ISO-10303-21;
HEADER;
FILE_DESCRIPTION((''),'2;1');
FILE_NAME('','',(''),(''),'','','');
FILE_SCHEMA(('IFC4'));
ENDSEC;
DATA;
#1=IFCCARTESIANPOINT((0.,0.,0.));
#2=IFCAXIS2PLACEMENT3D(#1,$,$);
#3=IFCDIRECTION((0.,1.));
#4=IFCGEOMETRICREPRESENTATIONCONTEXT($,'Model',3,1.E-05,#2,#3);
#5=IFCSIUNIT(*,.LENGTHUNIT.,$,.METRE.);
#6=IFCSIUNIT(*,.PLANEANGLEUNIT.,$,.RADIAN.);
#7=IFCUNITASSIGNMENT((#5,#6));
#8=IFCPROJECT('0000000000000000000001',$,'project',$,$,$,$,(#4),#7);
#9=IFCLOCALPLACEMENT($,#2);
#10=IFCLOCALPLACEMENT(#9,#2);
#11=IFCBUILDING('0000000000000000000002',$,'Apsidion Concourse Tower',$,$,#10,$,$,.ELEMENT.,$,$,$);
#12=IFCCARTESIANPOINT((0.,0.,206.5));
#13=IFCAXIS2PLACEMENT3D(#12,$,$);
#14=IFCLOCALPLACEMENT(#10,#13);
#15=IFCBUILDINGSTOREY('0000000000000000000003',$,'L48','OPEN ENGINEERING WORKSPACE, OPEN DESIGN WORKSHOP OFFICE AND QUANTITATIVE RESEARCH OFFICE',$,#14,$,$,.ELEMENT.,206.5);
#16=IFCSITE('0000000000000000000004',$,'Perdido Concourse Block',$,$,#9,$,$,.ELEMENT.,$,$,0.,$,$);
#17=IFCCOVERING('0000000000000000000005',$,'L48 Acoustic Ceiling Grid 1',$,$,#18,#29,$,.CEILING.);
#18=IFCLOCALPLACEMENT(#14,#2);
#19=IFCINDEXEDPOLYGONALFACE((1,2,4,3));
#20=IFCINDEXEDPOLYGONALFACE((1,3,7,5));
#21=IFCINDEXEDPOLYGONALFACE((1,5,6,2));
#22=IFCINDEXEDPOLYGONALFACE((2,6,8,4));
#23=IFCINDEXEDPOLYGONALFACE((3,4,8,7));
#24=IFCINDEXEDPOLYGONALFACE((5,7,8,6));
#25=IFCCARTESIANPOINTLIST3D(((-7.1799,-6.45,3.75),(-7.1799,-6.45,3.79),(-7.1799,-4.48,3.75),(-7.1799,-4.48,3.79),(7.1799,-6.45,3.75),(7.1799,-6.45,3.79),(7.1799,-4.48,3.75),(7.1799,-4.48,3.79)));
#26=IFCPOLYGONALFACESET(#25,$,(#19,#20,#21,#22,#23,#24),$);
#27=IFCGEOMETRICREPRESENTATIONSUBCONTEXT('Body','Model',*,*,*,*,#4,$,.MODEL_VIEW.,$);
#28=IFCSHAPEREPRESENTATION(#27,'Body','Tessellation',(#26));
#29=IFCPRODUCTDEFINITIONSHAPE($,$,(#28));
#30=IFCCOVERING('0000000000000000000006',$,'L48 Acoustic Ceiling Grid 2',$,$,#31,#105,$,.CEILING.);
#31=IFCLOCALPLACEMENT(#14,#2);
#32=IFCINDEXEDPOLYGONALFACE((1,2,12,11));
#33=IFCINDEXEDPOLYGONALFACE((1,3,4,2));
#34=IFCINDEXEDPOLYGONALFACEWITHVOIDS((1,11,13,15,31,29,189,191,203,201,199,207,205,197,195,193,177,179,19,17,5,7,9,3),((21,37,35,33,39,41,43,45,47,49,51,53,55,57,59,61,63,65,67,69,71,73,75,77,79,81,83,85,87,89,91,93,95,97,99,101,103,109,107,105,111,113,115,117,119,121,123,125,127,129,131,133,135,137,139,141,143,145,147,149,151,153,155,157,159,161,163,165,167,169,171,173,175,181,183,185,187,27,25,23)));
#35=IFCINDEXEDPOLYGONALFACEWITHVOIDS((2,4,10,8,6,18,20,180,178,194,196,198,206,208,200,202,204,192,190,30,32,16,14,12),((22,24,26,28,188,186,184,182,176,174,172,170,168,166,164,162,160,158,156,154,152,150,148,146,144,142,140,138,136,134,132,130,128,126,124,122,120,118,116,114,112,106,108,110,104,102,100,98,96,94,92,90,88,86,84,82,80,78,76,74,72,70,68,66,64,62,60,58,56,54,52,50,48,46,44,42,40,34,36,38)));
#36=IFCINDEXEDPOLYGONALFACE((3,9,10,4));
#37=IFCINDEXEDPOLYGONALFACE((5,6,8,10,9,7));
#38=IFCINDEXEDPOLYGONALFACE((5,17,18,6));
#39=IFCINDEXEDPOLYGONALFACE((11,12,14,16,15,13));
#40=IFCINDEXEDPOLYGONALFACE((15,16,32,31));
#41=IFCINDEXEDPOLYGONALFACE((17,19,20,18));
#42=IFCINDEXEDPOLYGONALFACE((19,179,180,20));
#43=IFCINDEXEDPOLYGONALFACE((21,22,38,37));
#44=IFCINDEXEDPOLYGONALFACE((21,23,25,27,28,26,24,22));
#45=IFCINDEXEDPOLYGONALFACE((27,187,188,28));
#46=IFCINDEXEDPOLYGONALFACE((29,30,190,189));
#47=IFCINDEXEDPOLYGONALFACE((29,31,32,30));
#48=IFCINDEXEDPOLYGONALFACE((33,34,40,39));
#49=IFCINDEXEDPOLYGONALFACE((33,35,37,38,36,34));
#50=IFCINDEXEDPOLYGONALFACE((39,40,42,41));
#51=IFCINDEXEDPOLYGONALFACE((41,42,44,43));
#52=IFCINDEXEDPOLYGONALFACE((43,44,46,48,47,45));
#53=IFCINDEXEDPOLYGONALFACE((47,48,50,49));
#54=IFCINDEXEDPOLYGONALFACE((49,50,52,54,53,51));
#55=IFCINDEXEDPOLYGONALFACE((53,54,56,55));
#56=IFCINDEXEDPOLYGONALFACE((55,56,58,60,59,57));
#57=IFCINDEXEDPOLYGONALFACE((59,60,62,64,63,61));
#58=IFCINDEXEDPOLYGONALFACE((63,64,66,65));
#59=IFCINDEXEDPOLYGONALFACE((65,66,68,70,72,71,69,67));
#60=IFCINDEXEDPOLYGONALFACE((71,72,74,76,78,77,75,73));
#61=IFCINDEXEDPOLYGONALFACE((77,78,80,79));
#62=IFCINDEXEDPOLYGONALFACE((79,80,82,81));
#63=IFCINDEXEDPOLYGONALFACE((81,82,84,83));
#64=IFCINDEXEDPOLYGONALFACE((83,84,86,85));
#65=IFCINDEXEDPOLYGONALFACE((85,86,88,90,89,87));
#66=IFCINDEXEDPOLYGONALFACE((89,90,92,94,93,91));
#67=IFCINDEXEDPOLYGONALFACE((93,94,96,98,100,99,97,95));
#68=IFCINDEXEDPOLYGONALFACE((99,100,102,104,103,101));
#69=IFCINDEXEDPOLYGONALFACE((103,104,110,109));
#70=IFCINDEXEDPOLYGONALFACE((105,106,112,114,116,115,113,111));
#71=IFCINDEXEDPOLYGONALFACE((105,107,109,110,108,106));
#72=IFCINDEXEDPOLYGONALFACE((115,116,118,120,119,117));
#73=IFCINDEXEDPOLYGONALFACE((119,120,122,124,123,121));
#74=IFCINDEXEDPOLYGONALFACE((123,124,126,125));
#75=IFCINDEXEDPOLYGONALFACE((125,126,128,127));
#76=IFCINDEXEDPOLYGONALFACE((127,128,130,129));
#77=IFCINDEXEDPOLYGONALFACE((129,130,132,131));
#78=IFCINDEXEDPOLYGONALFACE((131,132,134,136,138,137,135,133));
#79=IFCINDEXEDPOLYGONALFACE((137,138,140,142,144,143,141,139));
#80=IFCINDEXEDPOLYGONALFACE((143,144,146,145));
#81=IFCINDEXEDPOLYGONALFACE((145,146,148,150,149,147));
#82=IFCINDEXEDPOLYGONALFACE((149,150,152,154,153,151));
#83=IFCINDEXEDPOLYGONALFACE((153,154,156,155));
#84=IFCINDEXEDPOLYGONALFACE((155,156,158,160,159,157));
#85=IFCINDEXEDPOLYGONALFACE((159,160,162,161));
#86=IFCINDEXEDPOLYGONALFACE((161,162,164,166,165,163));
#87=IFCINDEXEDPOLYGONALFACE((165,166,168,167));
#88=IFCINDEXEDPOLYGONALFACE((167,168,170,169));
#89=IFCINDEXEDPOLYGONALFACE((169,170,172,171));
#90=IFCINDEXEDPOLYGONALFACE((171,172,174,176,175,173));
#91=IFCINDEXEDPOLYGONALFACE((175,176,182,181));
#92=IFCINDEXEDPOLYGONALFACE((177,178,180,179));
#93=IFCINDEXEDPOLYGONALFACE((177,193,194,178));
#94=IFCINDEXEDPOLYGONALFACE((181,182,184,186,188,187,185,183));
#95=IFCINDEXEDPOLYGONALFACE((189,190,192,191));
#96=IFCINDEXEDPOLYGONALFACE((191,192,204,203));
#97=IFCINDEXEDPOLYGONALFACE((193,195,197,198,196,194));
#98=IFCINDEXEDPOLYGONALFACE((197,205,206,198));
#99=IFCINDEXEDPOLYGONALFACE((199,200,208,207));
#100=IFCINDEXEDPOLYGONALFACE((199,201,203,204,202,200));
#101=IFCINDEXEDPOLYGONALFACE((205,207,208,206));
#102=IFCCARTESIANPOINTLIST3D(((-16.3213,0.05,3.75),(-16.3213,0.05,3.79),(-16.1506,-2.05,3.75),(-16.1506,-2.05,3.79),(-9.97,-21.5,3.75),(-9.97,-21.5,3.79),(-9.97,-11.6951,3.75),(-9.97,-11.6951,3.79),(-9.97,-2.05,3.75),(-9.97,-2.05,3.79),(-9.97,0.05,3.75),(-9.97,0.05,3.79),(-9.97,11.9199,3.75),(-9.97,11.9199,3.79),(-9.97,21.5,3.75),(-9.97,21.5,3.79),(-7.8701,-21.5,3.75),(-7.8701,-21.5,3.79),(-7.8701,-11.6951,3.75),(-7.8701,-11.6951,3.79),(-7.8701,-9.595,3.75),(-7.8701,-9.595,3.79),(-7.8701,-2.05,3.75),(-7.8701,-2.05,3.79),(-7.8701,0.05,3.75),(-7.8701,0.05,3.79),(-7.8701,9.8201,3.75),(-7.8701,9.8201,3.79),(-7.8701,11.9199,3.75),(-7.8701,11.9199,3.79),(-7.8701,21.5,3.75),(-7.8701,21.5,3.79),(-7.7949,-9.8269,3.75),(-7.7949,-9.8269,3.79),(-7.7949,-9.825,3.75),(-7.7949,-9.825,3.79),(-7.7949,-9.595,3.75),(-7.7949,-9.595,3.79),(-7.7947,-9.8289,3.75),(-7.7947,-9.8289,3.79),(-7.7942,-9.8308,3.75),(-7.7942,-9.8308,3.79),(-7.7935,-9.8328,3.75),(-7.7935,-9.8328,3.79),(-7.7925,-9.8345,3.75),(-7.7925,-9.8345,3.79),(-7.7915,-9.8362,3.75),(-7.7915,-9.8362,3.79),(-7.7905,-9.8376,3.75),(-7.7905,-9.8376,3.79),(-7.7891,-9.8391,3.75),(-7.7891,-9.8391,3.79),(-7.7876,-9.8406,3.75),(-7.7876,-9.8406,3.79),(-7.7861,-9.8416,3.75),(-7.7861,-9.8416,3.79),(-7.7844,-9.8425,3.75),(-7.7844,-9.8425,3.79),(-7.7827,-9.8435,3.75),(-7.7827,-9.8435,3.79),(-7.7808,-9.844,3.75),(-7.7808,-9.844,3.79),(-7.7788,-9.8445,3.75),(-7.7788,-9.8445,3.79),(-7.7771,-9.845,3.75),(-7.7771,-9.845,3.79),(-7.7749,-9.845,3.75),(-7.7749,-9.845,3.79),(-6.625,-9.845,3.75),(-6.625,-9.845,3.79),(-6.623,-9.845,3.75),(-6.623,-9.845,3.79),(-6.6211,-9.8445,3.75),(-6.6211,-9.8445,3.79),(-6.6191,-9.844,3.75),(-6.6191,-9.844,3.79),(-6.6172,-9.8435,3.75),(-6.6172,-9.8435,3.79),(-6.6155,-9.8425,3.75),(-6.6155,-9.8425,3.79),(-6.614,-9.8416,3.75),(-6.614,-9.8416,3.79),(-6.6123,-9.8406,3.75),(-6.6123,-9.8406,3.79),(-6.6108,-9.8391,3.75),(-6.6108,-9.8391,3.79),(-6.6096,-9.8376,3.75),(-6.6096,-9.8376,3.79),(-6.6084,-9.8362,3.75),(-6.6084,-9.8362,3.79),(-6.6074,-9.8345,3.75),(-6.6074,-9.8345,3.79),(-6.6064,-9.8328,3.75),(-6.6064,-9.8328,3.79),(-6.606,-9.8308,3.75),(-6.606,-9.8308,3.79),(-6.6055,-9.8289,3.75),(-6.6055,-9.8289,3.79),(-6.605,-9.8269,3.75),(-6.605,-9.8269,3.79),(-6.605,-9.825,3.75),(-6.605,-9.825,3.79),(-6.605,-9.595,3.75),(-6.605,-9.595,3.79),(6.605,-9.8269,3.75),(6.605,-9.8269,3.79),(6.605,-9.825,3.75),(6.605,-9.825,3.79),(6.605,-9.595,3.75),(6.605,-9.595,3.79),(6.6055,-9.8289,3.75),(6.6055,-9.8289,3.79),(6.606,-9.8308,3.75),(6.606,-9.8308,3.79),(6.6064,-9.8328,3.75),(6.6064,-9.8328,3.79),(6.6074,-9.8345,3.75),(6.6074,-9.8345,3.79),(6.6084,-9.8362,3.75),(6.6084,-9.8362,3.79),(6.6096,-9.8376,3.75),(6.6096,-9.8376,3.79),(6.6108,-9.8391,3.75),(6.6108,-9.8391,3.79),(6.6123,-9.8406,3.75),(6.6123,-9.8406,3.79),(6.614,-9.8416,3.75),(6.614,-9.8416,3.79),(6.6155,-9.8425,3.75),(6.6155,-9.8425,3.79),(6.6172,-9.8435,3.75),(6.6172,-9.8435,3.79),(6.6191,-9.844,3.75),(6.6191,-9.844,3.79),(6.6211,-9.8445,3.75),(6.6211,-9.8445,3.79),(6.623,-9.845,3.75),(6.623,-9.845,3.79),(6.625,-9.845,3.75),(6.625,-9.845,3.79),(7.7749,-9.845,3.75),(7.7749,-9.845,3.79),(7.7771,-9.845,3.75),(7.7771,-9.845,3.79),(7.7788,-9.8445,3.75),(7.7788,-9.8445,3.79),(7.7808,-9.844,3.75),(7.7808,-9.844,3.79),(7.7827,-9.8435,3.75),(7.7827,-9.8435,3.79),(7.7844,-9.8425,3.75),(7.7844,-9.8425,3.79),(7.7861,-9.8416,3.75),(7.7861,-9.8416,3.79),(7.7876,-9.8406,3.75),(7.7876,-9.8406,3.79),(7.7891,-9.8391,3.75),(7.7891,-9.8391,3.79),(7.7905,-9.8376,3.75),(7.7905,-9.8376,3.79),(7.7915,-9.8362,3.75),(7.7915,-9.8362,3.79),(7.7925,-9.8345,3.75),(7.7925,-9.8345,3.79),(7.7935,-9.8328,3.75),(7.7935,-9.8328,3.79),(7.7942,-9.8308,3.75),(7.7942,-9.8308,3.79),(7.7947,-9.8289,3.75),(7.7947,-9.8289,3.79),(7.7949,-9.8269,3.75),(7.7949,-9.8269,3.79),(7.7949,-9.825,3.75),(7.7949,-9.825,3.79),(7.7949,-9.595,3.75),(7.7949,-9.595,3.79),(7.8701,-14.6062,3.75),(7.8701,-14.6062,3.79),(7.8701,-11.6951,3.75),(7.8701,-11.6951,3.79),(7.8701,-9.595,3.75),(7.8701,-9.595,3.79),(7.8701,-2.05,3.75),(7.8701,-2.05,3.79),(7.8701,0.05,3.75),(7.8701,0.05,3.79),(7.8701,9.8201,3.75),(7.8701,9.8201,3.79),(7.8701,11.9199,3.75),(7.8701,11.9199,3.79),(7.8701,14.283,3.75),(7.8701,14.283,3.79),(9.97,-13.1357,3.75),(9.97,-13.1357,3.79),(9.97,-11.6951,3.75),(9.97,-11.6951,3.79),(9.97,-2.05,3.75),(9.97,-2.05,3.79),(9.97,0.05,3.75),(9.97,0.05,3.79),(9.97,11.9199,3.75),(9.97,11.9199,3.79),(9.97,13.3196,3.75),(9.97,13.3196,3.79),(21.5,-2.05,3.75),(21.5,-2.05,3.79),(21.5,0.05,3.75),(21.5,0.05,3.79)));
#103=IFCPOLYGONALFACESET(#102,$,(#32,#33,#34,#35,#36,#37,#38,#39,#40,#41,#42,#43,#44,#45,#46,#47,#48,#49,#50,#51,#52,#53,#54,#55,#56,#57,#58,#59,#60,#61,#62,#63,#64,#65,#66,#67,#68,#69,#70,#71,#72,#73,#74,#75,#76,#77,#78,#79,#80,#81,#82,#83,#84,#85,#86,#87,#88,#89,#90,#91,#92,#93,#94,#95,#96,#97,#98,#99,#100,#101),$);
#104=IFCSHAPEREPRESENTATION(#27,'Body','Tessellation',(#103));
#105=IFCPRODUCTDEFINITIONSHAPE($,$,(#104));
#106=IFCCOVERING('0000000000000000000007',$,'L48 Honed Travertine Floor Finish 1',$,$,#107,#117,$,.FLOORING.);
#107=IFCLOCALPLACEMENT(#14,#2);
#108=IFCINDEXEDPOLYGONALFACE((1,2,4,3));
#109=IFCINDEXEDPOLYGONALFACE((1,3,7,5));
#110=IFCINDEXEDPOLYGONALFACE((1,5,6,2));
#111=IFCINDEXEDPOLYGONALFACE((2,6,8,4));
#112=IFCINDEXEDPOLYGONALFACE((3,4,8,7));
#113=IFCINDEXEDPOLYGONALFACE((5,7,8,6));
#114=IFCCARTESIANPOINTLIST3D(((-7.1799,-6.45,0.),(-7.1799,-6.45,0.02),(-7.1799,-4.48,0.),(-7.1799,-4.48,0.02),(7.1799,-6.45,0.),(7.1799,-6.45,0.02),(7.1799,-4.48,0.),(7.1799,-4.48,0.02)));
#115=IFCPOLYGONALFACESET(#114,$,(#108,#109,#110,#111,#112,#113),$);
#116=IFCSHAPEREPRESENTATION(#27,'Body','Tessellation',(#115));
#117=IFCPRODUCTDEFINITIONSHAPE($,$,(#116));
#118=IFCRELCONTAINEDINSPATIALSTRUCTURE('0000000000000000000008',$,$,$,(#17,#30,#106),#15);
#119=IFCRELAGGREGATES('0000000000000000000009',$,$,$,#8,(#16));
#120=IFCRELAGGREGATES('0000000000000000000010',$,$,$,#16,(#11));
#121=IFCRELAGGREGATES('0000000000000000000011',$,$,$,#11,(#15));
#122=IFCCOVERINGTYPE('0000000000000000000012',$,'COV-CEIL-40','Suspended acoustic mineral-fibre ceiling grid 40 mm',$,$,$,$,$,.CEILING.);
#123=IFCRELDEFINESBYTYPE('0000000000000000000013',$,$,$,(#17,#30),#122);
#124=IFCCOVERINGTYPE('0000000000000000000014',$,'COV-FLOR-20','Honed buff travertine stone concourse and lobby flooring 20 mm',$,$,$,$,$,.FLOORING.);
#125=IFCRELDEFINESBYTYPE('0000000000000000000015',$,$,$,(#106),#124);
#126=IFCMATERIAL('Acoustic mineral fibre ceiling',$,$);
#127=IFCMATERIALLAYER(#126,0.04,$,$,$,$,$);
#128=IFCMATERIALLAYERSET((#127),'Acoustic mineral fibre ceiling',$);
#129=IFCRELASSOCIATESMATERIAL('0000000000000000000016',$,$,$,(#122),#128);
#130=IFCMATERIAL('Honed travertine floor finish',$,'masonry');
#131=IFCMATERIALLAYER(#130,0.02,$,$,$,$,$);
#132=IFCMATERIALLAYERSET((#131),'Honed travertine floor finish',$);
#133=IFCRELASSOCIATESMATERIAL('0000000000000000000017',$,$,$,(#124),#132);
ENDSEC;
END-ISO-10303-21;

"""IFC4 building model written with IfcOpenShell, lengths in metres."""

from ifc_helpers import new_model, si_unit, direction, frame, origin, place, context, subcontext, project, spatial, polyline, outline, extrude, material, layer, layer_set, type_object, element, save


model = new_model("IFC4")

# Units and contexts
model_context = context("Model", 3, precision=1e-05, world=origin(), true_north=direction((0.0, 1.0)))
body_context = subcontext(model_context, "Body", "Model", "MODEL_VIEW")
ifc_project = project(units=[si_unit("LENGTHUNIT", "METRE"), si_unit("PLANEANGLEUNIT", "RADIAN")], contexts=[model_context])

# Site, building, storey
site_placement = place(None, origin())
site = spatial("IfcSite", under=ifc_project, at=site_placement, Name="Perdido Concourse Block", CompositionType="ELEMENT", RefElevation=0.0)
building_placement = place(site_placement, origin())
building = spatial("IfcBuilding", under=site, at=building_placement, Name="Apsidion Concourse Tower", CompositionType="ELEMENT")
storey_placement = place(building_placement, frame((0.0, 0.0, 206.5)))
storey = spatial("IfcBuildingStorey", under=building, at=storey_placement, Name="L48", Description="OPEN ENGINEERING WORKSPACE, OPEN DESIGN WORKSHOP OFFICE AND QUANTITATIVE RESEARCH OFFICE", CompositionType="ELEMENT", Elevation=206.5)

# Coverings
ifc_material_1 = material(Name="Acoustic mineral fibre ceiling")
ifc_layer_1 = layer(ifc_material_1, 0.04)
ifc_layer_set_1 = layer_set([ifc_layer_1], Name="Acoustic mineral fibre ceiling")
covering_type_1 = type_object("IfcCoveringType", Name="COV-CEIL-40", Description="Suspended acoustic mineral-fibre ceiling grid 40 mm", PredefinedType="CEILING", material=ifc_layer_set_1)
covering_1_placement = place(storey_placement, frame((0.0, 0.0, 3.75)))
element("IfcCovering", 1, at=covering_1_placement, inside=storey, type_object=covering_type_1, Name="L48 Acoustic Ceiling Grid 1", PredefinedType="CEILING", context=body_context, shape_type="SweptSolid", body=[
    extrude(outline(polyline([(-7.1799, -6.45), (-7.1799, -4.48), (7.1799, -4.48), (7.1799, -6.45), (-7.1799, -6.45)])), origin(), (0.0, 0.0, 1.0), 0.04),
])
covering_2_placement = place(storey_placement, frame((0.0, 0.0, 3.75)))
element("IfcCovering", 2, at=covering_2_placement, inside=storey, type_object=covering_type_1, Name="L48 Acoustic Ceiling Grid 2", PredefinedType="CEILING", context=body_context, shape_type="SweptSolid", body=[
    extrude(outline(polyline([(9.97, -13.1357), (7.8701, -14.6062), (7.8701, -11.6951), (-7.8701, -11.6951), (-7.8701, -21.5), (-9.97, -21.5), (-9.97, -11.6951), (-9.97, -2.05), (-16.1506, -2.05), (-16.3213, 0.05), (-9.97, 0.05), (-9.97, 11.9199), (-9.97, 21.5), (-7.8701, 21.5), (-7.8701, 11.9199), (7.8701, 11.9199), (7.8701, 14.283), (9.97, 13.3196), (9.97, 11.9199), (9.97, 0.05), (21.5, 0.05), (21.5, -2.05), (9.97, -2.05), (9.97, -11.6951), (9.97, -13.1357)]), holes=[polyline([(7.8701, -2.05), (7.8701, 0.05), (7.8701, 9.8201), (-7.8701, 9.8201), (-7.8701, 0.05), (-7.8701, -2.05), (-7.8701, -9.595), (-7.7949, -9.595), (-7.7949, -9.825), (-7.7949, -9.8269), (-7.7947, -9.8289), (-7.7942, -9.8308), (-7.7935, -9.8328), (-7.7925, -9.8345), (-7.7915, -9.8362), (-7.7905, -9.8376), (-7.7891, -9.8391), (-7.7876, -9.8406), (-7.7861, -9.8416), (-7.7844, -9.8425), (-7.7827, -9.8435), (-7.7808, -9.844), (-7.7788, -9.8445), (-7.7771, -9.845), (-7.7749, -9.845), (-6.625, -9.845), (-6.623, -9.845), (-6.6211, -9.8445), (-6.6191, -9.844), (-6.6172, -9.8435), (-6.6155, -9.8425), (-6.614, -9.8416), (-6.6123, -9.8406), (-6.6108, -9.8391), (-6.6096, -9.8376), (-6.6084, -9.8362), (-6.6074, -9.8345), (-6.6064, -9.8328), (-6.606, -9.8308), (-6.6055, -9.8289), (-6.605, -9.8269), (-6.605, -9.825), (-6.605, -9.595), (6.605, -9.595), (6.605, -9.825), (6.605, -9.8269), (6.6055, -9.8289), (6.606, -9.8308), (6.6064, -9.8328), (6.6074, -9.8345), (6.6084, -9.8362), (6.6096, -9.8376), (6.6108, -9.8391), (6.6123, -9.8406), (6.614, -9.8416), (6.6155, -9.8425), (6.6172, -9.8435), (6.6191, -9.844), (6.6211, -9.8445), (6.623, -9.845), (6.625, -9.845), (7.7749, -9.845), (7.7771, -9.845), (7.7788, -9.8445), (7.7808, -9.844), (7.7827, -9.8435), (7.7844, -9.8425), (7.7861, -9.8416), (7.7876, -9.8406), (7.7891, -9.8391), (7.7905, -9.8376), (7.7915, -9.8362), (7.7925, -9.8345), (7.7935, -9.8328), (7.7942, -9.8308), (7.7947, -9.8289), (7.7949, -9.8269), (7.7949, -9.825), (7.7949, -9.595), (7.8701, -9.595), (7.8701, -2.05)])]), origin(), (0.0, 0.0, 1.0), 0.04),
])
ifc_material_2 = material(Name="Honed travertine floor finish", Category="masonry")
ifc_layer_2 = layer(ifc_material_2, 0.02)
ifc_layer_set_2 = layer_set([ifc_layer_2], Name="Honed travertine floor finish")
covering_type_2 = type_object("IfcCoveringType", Name="COV-FLOR-20", Description="Honed buff travertine stone concourse and lobby flooring 20 mm", PredefinedType="FLOORING", material=ifc_layer_set_2)
covering_3_placement = place(storey_placement, origin())
element("IfcCovering", 3, at=covering_3_placement, inside=storey, type_object=covering_type_2, Name="L48 Honed Travertine Floor Finish 1", PredefinedType="FLOORING", context=body_context, shape_type="SweptSolid", body=[
    extrude(outline(polyline([(-7.1799, -6.45), (-7.1799, -4.48), (7.1799, -4.48), (7.1799, -6.45), (-7.1799, -6.45)])), origin(), (0.0, 0.0, 1.0), 0.02),
])

save(model, "model.ifc")
